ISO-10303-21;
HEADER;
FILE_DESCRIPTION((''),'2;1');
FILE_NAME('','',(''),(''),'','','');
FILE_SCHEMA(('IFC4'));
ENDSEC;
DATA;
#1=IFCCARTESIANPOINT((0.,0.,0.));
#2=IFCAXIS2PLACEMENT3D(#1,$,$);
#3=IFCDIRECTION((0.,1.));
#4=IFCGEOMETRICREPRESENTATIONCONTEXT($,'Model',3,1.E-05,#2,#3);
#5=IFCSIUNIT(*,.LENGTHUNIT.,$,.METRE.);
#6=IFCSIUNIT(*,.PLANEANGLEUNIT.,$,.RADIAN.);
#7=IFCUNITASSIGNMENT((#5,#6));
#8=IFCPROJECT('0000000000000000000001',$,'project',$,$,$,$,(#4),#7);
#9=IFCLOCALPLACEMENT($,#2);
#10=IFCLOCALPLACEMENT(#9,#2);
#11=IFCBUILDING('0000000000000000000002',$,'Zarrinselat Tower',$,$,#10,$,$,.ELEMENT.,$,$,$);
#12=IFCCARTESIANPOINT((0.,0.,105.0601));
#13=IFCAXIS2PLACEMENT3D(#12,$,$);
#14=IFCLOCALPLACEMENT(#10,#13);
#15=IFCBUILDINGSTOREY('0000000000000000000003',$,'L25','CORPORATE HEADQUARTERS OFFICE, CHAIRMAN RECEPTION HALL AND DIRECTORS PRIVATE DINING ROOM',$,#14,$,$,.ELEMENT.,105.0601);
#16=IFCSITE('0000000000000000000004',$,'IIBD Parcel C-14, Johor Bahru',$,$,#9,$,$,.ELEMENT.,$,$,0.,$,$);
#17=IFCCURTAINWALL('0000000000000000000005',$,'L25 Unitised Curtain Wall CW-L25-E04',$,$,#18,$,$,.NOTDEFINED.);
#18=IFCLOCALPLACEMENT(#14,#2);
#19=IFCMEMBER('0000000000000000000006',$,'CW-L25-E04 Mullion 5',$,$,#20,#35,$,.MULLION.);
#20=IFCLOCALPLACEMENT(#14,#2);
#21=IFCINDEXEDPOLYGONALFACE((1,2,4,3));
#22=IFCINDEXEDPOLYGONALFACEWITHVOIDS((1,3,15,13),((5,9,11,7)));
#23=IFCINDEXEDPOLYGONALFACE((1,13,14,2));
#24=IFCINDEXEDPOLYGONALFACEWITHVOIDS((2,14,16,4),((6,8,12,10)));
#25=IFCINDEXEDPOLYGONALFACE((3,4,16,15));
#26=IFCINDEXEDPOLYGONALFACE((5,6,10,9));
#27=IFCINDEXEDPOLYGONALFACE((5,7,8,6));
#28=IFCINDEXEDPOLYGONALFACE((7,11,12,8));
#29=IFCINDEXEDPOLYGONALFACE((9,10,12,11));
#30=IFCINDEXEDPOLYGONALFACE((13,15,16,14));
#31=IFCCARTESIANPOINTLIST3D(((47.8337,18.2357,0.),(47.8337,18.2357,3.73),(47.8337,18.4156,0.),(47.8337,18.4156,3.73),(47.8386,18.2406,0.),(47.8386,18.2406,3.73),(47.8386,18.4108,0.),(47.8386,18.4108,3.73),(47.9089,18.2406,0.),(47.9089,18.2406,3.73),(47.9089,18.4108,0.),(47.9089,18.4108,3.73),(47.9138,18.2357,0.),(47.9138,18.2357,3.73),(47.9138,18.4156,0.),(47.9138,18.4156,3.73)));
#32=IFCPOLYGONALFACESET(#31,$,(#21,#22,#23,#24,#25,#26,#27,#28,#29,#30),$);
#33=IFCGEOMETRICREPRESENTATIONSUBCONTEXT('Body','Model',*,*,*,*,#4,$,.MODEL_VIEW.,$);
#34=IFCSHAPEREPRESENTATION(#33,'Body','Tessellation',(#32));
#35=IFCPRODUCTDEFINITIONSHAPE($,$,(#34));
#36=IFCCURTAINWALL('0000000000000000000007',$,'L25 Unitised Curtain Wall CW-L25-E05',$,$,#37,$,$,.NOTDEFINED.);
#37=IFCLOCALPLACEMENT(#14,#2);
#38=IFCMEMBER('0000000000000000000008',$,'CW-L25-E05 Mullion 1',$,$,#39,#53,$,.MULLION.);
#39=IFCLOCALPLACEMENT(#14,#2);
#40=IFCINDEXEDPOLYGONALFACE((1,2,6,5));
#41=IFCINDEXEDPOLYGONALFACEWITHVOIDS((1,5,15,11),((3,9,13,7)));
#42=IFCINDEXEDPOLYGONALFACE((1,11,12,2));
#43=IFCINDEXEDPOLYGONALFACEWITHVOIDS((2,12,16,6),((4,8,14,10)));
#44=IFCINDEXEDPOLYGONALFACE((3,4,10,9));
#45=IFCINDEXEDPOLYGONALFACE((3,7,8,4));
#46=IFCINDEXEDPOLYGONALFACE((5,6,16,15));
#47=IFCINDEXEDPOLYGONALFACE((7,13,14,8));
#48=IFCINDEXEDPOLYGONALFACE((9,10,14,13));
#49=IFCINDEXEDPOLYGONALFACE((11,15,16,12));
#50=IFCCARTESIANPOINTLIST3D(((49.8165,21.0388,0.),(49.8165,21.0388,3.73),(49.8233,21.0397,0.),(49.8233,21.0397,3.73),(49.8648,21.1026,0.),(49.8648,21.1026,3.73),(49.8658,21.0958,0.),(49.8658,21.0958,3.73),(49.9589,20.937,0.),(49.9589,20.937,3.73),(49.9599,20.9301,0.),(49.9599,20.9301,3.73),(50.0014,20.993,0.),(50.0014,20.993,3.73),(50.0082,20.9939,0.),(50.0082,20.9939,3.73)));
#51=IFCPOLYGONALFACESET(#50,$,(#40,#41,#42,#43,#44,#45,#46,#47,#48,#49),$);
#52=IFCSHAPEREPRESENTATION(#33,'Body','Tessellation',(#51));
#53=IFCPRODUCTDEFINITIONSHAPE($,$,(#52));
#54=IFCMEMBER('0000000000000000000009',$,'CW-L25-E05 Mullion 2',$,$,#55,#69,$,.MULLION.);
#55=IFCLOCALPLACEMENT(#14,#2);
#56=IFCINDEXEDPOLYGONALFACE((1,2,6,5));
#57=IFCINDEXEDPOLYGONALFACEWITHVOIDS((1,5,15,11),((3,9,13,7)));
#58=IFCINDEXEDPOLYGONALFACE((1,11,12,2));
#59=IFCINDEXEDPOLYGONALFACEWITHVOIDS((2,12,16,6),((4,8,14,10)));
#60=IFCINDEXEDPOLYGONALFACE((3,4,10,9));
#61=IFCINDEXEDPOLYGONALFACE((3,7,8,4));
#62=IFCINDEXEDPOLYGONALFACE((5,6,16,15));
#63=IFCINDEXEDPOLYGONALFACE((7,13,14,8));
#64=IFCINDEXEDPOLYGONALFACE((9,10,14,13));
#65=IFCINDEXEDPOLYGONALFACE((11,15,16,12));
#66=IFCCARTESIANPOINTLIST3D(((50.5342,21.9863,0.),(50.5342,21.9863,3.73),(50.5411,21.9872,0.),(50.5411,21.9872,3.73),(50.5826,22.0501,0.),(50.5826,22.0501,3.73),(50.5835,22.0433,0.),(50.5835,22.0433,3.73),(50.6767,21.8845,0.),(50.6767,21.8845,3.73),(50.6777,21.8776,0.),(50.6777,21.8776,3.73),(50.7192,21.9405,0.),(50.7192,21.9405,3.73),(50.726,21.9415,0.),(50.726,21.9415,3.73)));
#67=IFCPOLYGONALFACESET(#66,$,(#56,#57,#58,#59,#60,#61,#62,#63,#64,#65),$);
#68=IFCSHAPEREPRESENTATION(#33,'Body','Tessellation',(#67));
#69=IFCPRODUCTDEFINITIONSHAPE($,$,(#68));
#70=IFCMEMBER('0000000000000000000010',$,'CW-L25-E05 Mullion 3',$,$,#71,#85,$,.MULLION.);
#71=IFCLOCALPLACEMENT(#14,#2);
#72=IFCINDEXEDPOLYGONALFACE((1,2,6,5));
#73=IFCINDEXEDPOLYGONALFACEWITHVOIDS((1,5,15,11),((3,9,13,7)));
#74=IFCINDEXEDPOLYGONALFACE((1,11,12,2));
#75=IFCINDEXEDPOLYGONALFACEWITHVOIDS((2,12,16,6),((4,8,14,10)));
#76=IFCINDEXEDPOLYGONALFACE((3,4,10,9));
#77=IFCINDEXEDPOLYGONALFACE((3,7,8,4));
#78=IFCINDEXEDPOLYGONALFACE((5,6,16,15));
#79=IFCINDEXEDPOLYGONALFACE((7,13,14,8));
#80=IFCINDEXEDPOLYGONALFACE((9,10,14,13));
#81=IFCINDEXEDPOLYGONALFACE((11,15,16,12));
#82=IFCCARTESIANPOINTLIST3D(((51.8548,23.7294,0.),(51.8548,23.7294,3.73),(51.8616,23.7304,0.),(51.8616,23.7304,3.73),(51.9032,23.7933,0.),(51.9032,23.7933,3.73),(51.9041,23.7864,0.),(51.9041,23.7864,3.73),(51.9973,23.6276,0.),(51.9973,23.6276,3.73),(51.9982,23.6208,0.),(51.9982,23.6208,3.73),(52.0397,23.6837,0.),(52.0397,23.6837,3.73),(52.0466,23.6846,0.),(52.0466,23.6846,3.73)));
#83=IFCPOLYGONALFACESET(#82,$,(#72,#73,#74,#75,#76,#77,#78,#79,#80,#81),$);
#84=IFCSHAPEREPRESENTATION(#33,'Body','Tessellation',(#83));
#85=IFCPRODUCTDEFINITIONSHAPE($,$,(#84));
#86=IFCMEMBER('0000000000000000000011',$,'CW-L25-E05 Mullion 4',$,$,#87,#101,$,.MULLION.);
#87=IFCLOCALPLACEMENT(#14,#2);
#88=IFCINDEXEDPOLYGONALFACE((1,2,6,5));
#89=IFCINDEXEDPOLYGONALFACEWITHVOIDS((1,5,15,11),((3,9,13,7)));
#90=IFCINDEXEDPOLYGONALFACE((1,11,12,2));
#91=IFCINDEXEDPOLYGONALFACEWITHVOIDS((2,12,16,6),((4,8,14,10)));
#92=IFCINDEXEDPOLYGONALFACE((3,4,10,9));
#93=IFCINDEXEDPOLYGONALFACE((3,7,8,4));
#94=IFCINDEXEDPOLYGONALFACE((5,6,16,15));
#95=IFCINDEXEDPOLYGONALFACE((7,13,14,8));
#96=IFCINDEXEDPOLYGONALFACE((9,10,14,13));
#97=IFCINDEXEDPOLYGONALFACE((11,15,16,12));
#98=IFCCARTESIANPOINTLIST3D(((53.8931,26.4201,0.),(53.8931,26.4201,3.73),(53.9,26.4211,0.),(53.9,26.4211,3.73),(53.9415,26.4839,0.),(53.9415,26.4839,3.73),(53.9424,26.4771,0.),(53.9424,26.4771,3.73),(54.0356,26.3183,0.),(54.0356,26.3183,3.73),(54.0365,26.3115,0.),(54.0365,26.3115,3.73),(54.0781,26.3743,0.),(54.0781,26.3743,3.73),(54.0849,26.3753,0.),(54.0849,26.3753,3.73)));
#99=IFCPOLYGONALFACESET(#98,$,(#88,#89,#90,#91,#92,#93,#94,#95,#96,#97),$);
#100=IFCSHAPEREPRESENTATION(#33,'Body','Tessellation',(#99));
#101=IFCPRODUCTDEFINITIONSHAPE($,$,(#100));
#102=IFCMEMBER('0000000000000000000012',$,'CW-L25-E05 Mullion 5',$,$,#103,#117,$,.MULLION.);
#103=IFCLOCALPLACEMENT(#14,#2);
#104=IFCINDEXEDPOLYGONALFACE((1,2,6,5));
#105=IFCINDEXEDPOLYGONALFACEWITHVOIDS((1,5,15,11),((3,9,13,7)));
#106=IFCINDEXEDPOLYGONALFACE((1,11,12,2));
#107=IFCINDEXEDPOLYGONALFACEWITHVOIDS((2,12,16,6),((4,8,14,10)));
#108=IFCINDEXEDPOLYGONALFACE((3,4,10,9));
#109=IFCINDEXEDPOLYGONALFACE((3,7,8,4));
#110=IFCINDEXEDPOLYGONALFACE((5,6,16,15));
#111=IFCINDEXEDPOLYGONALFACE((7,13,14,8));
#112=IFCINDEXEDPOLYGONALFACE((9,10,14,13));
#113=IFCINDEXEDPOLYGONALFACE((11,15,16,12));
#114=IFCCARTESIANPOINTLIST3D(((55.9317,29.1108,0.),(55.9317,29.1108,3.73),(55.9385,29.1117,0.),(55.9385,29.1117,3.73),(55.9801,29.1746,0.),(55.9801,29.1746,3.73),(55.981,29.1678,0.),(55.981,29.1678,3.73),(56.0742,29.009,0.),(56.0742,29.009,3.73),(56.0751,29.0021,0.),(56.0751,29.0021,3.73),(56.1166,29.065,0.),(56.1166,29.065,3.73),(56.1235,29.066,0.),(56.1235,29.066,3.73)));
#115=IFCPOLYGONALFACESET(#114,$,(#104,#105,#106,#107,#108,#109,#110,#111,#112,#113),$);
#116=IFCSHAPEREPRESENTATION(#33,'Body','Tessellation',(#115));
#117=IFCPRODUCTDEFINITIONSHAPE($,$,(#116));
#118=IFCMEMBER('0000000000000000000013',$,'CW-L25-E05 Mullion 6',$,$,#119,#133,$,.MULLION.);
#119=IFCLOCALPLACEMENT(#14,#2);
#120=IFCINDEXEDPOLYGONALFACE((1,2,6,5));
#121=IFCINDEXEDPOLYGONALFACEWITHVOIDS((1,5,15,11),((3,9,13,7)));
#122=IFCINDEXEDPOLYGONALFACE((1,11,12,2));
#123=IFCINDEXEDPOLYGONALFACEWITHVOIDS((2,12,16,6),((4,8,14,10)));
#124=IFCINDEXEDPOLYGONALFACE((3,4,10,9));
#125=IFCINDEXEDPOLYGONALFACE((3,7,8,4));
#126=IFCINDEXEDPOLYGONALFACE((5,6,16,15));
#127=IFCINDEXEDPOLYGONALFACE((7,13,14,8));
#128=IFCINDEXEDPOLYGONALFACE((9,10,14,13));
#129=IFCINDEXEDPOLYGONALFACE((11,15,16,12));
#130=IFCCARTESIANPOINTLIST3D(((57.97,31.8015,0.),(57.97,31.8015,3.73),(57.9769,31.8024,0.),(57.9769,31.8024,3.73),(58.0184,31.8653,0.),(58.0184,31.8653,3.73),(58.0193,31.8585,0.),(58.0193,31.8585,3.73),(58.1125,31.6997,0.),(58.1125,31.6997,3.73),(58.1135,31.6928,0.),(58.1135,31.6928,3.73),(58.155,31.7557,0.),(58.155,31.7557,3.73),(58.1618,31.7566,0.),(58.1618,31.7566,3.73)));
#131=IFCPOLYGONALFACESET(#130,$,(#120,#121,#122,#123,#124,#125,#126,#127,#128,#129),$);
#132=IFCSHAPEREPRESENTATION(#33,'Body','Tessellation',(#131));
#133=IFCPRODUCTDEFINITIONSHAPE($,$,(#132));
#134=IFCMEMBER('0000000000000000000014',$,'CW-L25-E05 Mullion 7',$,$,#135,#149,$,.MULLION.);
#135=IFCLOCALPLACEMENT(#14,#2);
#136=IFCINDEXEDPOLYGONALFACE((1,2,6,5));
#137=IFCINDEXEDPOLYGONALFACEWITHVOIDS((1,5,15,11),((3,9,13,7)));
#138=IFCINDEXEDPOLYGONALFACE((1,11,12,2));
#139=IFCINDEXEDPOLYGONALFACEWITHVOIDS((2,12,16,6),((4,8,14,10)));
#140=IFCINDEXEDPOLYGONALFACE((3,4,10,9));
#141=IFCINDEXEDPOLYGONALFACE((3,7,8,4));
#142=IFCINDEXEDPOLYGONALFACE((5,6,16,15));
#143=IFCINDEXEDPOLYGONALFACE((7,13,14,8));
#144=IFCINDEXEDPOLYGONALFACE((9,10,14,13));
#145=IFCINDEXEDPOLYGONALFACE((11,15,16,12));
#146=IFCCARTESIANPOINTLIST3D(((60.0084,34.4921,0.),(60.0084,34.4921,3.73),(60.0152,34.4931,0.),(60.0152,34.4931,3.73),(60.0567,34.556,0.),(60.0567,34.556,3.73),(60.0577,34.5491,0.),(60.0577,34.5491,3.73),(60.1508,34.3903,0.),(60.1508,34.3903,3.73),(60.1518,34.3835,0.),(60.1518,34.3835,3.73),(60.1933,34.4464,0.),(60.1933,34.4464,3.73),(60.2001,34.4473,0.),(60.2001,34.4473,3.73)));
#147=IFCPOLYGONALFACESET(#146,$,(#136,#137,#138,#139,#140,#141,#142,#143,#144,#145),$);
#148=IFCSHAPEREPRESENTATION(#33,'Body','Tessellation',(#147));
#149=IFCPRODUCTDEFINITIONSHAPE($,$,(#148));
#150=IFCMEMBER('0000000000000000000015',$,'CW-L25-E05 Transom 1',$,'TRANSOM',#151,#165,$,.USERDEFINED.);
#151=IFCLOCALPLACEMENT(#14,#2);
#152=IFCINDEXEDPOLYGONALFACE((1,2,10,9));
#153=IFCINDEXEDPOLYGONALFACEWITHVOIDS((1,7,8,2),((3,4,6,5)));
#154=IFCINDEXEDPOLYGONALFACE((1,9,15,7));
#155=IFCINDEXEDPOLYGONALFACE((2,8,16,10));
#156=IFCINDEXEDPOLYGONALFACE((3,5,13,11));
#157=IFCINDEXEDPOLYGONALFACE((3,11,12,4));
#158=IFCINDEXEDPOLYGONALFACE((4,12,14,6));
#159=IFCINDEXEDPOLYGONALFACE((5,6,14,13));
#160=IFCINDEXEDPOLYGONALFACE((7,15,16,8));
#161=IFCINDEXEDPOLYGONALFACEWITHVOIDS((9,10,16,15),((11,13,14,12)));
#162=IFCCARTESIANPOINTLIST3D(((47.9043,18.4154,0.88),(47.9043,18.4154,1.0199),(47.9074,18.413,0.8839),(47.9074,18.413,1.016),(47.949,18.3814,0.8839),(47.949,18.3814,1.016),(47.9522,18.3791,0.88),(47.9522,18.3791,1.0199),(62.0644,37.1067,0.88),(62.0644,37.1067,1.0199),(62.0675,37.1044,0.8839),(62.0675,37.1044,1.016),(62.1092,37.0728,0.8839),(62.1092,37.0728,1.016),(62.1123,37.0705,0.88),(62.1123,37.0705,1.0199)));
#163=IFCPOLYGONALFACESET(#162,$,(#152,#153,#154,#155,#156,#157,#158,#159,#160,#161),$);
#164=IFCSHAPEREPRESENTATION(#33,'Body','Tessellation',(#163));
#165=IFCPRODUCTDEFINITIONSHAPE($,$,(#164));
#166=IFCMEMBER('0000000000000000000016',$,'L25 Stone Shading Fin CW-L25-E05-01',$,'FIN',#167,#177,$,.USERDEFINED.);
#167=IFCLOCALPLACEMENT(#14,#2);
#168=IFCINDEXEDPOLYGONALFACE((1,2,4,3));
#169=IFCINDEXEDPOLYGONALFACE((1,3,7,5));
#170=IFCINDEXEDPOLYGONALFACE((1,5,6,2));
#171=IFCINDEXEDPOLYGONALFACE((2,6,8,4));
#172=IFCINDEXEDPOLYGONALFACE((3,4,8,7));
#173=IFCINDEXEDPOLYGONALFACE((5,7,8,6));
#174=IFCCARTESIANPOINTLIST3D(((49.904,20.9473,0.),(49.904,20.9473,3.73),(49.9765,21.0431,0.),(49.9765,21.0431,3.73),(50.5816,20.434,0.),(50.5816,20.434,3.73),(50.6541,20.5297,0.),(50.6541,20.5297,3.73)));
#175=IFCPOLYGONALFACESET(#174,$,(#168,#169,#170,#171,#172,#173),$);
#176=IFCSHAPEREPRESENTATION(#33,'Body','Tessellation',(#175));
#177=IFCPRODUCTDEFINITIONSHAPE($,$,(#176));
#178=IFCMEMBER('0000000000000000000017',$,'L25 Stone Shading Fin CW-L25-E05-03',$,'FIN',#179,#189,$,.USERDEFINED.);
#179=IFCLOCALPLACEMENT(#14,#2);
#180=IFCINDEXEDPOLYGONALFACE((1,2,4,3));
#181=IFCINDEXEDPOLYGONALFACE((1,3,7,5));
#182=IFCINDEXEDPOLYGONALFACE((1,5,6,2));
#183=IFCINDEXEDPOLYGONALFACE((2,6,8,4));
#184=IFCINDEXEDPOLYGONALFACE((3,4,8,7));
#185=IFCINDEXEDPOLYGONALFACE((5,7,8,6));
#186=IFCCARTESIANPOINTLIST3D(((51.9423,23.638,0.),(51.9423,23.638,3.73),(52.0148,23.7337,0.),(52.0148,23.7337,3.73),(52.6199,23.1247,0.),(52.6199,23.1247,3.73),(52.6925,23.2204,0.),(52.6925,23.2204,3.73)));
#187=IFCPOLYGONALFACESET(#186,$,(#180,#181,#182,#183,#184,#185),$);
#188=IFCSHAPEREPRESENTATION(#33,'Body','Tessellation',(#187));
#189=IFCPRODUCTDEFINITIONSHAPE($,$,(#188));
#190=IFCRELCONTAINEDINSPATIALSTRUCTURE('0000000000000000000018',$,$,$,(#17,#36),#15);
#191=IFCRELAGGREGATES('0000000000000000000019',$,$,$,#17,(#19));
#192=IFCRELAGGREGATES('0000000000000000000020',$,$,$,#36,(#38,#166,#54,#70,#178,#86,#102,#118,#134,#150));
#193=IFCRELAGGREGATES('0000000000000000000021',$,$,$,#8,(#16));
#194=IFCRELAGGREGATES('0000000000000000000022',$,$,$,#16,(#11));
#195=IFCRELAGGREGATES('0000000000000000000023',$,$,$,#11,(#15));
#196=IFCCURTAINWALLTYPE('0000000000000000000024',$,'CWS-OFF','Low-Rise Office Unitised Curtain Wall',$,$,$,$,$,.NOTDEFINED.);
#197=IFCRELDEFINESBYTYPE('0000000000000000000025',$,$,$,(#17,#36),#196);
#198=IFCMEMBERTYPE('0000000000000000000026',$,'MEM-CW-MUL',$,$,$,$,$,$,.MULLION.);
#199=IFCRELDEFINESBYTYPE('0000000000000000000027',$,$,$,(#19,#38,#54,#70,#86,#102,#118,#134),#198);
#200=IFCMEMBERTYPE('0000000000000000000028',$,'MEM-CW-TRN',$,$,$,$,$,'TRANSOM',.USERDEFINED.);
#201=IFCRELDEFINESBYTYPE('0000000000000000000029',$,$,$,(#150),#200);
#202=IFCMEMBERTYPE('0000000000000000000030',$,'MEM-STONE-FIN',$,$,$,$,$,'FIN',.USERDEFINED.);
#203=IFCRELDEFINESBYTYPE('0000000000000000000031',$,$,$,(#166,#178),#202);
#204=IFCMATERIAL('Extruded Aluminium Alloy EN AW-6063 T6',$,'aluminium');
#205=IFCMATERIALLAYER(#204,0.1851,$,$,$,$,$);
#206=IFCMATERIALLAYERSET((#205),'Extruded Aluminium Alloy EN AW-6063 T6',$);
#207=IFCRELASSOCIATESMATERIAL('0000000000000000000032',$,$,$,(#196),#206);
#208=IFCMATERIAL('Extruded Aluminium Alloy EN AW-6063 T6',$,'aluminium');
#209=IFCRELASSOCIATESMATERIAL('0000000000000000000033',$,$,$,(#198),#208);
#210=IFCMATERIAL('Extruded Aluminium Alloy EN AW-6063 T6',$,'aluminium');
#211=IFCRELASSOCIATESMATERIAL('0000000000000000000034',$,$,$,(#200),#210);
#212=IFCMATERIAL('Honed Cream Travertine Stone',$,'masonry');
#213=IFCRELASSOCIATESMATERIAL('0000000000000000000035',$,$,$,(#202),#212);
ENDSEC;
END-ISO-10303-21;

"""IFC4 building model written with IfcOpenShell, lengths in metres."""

from ifc_helpers import new_model, si_unit, direction, frame, origin, origin_2d, place, context, subcontext, project, spatial, rectangle, hollow_rectangle, extrude, material, layer, layer_set, material_profile, profile_set, type_object, element, aggregate, save


model = new_model("IFC4")

# Units and contexts
model_context = context("Model", 3, precision=1e-05, world=origin(), true_north=direction((0.0, 1.0)))
body_context = subcontext(model_context, "Body", "Model", "MODEL_VIEW")
ifc_project = project(units=[si_unit("LENGTHUNIT", "METRE"), si_unit("PLANEANGLEUNIT", "RADIAN")], contexts=[model_context])

# Site, building, storey
site_placement = place(None, origin())
site = spatial("IfcSite", under=ifc_project, at=site_placement, Name="IIBD Parcel C-14, Johor Bahru", CompositionType="ELEMENT", RefElevation=0.0)
building_placement = place(site_placement, origin())
building = spatial("IfcBuilding", under=site, at=building_placement, Name="Zarrinselat Tower", CompositionType="ELEMENT")
storey_placement = place(building_placement, frame((0.0, 0.0, 105.0601)))
storey = spatial("IfcBuildingStorey", under=building, at=storey_placement, Name="L25", Description="CORPORATE HEADQUARTERS OFFICE, CHAIRMAN RECEPTION HALL AND DIRECTORS PRIVATE DINING ROOM", CompositionType="ELEMENT", Elevation=105.0601)

# Curtain wall, member
ifc_material_1 = material(Name="Extruded Aluminium Alloy EN AW-6063 T6", Category="aluminium")
ifc_layer_1 = layer(ifc_material_1, 0.1851)
ifc_layer_set_1 = layer_set([ifc_layer_1], Name="Extruded Aluminium Alloy EN AW-6063 T6")
curtain_wall_type = type_object("IfcCurtainWallType", Name="CWS-OFF", Description="Low-Rise Office Unitised Curtain Wall", PredefinedType="NOTDEFINED", material=ifc_layer_set_1)
curtain_wall_1_placement = place(storey_placement, origin())
curtain_wall_1 = element("IfcCurtainWall", 1, at=curtain_wall_1_placement, inside=storey, type_object=curtain_wall_type, Name="L25 Unitised Curtain Wall CW-L25-E04", PredefinedType="NOTDEFINED")
ifc_material_2 = material(Name="Extruded Aluminium Alloy EN AW-6063 T6", Category="aluminium")
ifc_material_profile_1 = material_profile(ifc_material_2, hollow_rectangle(XDim=0.0801, YDim=0.1799, WallThickness=0.0049, at=origin_2d()), Name="RHS 180x80x5")
ifc_profile_set_1 = profile_set([ifc_material_profile_1], Name="Extruded Aluminium Alloy EN AW-6063 T6")
member_type_1 = type_object("IfcMemberType", Name="MEM-CW-MUL", PredefinedType="MULLION", material=ifc_profile_set_1)
member_1_placement = place(storey_placement, frame((47.8738, 18.3257, 0.0), z_axis=(0.0, 0.0, 1.0), x_axis=(1.0, 0.0, 0.0)))
member_1 = element("IfcMember", 2, at=member_1_placement, type_object=member_type_1, Name="CW-L25-E04 Mullion 5", PredefinedType="MULLION", context=body_context, shape_type="SweptSolid", body=[
    extrude(hollow_rectangle(XDim=0.0801, YDim=0.1799, WallThickness=0.0049, at=origin_2d()), origin(), (0.0, 0.0, 1.0), 3.73),
])
aggregate(curtain_wall_1, [member_1])

# Curtain wall, members
curtain_wall_2_placement = place(storey_placement, origin())
curtain_wall_2 = element("IfcCurtainWall", 3, at=curtain_wall_2_placement, inside=storey, type_object=curtain_wall_type, Name="L25 Unitised Curtain Wall CW-L25-E05", PredefinedType="NOTDEFINED")
member_2_placement = place(storey_placement, frame((49.9124, 21.0164, 0.0), z_axis=(0.0, 0.0, 1.0), x_axis=(0.603858, 0.797092, 0.0)))
member_2 = element("IfcMember", 4, at=member_2_placement, type_object=member_type_1, Name="CW-L25-E05 Mullion 1", PredefinedType="MULLION", context=body_context, shape_type="SweptSolid", body=[
    extrude(hollow_rectangle(XDim=0.0801, YDim=0.1799, WallThickness=0.0049, at=origin_2d()), origin(), (0.0, 0.0, 1.0), 3.73),
])
member_3_placement = place(storey_placement, frame((50.6301, 21.9639, 0.0), z_axis=(0.0, 0.0, 1.0), x_axis=(0.603858, 0.797092, 0.0)))
member_3 = element("IfcMember", 5, at=member_3_placement, type_object=member_type_1, Name="CW-L25-E05 Mullion 2", PredefinedType="MULLION", context=body_context, shape_type="SweptSolid", body=[
    extrude(hollow_rectangle(XDim=0.0801, YDim=0.1799, WallThickness=0.0049, at=origin_2d()), origin(), (0.0, 0.0, 1.0), 3.73),
])
member_4_placement = place(storey_placement, frame((51.9507, 23.707, 0.0), z_axis=(0.0, 0.0, 1.0), x_axis=(0.603858, 0.797092, 0.0)))
member_4 = element("IfcMember", 6, at=member_4_placement, type_object=member_type_1, Name="CW-L25-E05 Mullion 3", PredefinedType="MULLION", context=body_context, shape_type="SweptSolid", body=[
    extrude(hollow_rectangle(XDim=0.0801, YDim=0.1799, WallThickness=0.0049, at=origin_2d()), origin(), (0.0, 0.0, 1.0), 3.73),
])
member_5_placement = place(storey_placement, frame((53.989, 26.3977, 0.0), z_axis=(0.0, 0.0, 1.0), x_axis=(0.603858, 0.797092, 0.0)))
member_5 = element("IfcMember", 7, at=member_5_placement, type_object=member_type_1, Name="CW-L25-E05 Mullion 4", PredefinedType="MULLION", context=body_context, shape_type="SweptSolid", body=[
    extrude(hollow_rectangle(XDim=0.0801, YDim=0.1799, WallThickness=0.0049, at=origin_2d()), origin(), (0.0, 0.0, 1.0), 3.73),
])
member_6_placement = place(storey_placement, frame((56.0276, 29.0884, 0.0), z_axis=(0.0, 0.0, 1.0), x_axis=(0.603858, 0.797092, 0.0)))
member_6 = element("IfcMember", 8, at=member_6_placement, type_object=member_type_1, Name="CW-L25-E05 Mullion 5", PredefinedType="MULLION", context=body_context, shape_type="SweptSolid", body=[
    extrude(hollow_rectangle(XDim=0.0801, YDim=0.1799, WallThickness=0.0049, at=origin_2d()), origin(), (0.0, 0.0, 1.0), 3.73),
])
member_7_placement = place(storey_placement, frame((58.0659, 31.7791, 0.0), z_axis=(0.0, 0.0, 1.0), x_axis=(0.603858, 0.797092, 0.0)))
member_7 = element("IfcMember", 9, at=member_7_placement, type_object=member_type_1, Name="CW-L25-E05 Mullion 6", PredefinedType="MULLION", context=body_context, shape_type="SweptSolid", body=[
    extrude(hollow_rectangle(XDim=0.0801, YDim=0.1799, WallThickness=0.0049, at=origin_2d()), origin(), (0.0, 0.0, 1.0), 3.73),
])
member_8_placement = place(storey_placement, frame((60.1042, 34.4697, 0.0), z_axis=(0.0, 0.0, 1.0), x_axis=(0.603858, 0.797092, 0.0)))
member_8 = element("IfcMember", 10, at=member_8_placement, type_object=member_type_1, Name="CW-L25-E05 Mullion 7", PredefinedType="MULLION", context=body_context, shape_type="SweptSolid", body=[
    extrude(hollow_rectangle(XDim=0.0801, YDim=0.1799, WallThickness=0.0049, at=origin_2d()), origin(), (0.0, 0.0, 1.0), 3.73),
])
ifc_material_3 = material(Name="Extruded Aluminium Alloy EN AW-6063 T6", Category="aluminium")
ifc_material_profile_2 = material_profile(ifc_material_3, hollow_rectangle(XDim=0.0601, YDim=0.1399, WallThickness=0.0039, at=origin_2d()), Name="RHS 140x60x4")
ifc_profile_set_2 = profile_set([ifc_material_profile_2], Name="Extruded Aluminium Alloy EN AW-6063 T6")
member_type_2 = type_object("IfcMemberType", Name="MEM-CW-TRN", ElementType="TRANSOM", PredefinedType="USERDEFINED", material=ifc_profile_set_2)
member_9_placement = place(storey_placement, frame((47.9282, 18.3972, 0.95), z_axis=(0.603858, 0.797092, 0.0), x_axis=(-0.797092, 0.603858, 0.0)))
member_9 = element("IfcMember", 11, at=member_9_placement, type_object=member_type_2, Name="CW-L25-E05 Transom 1", ObjectType="TRANSOM", PredefinedType="USERDEFINED", context=body_context, shape_type="SweptSolid", body=[
    extrude(hollow_rectangle(XDim=0.0601, YDim=0.1399, WallThickness=0.0039, at=origin_2d()), origin(), (0.0, 0.0, 1.0), 23.4495),
])
ifc_material_4 = material(Name="Honed Cream Travertine Stone", Category="masonry")
ifc_material_profile_3 = material_profile(ifc_material_4, rectangle(XDim=0.1201, YDim=0.8501, at=origin_2d()), Name="FIN 850x120")
ifc_profile_set_3 = profile_set([ifc_material_profile_3], Name="Honed Cream Travertine Stone")
member_type_3 = type_object("IfcMemberType", Name="MEM-STONE-FIN", ElementType="FIN", PredefinedType="USERDEFINED", material=ifc_profile_set_3)
member_10_placement = place(storey_placement, frame((50.2791, 20.7385, 0.0), z_axis=(0.0, 0.0, 1.0), x_axis=(-0.603858, -0.797092, 0.0)))
member_10 = element("IfcMember", 12, at=member_10_placement, type_object=member_type_3, Name="L25 Stone Shading Fin CW-L25-E05-01", ObjectType="FIN", PredefinedType="USERDEFINED", context=body_context, shape_type="SweptSolid", body=[
    extrude(rectangle(XDim=0.1201, YDim=0.8501, at=origin_2d()), origin(), (0.0, 0.0, 1.0), 3.73),
])
member_11_placement = place(storey_placement, frame((52.3174, 23.4292, 0.0), z_axis=(0.0, 0.0, 1.0), x_axis=(-0.603858, -0.797092, 0.0)))
member_11 = element("IfcMember", 13, at=member_11_placement, type_object=member_type_3, Name="L25 Stone Shading Fin CW-L25-E05-03", ObjectType="FIN", PredefinedType="USERDEFINED", context=body_context, shape_type="SweptSolid", body=[
    extrude(rectangle(XDim=0.1201, YDim=0.8501, at=origin_2d()), origin(), (0.0, 0.0, 1.0), 3.73),
])
aggregate(curtain_wall_2, [member_2, member_10, member_3, member_4, member_11, member_5, member_6, member_7, member_8, member_9])

save(model, "model.ifc")
